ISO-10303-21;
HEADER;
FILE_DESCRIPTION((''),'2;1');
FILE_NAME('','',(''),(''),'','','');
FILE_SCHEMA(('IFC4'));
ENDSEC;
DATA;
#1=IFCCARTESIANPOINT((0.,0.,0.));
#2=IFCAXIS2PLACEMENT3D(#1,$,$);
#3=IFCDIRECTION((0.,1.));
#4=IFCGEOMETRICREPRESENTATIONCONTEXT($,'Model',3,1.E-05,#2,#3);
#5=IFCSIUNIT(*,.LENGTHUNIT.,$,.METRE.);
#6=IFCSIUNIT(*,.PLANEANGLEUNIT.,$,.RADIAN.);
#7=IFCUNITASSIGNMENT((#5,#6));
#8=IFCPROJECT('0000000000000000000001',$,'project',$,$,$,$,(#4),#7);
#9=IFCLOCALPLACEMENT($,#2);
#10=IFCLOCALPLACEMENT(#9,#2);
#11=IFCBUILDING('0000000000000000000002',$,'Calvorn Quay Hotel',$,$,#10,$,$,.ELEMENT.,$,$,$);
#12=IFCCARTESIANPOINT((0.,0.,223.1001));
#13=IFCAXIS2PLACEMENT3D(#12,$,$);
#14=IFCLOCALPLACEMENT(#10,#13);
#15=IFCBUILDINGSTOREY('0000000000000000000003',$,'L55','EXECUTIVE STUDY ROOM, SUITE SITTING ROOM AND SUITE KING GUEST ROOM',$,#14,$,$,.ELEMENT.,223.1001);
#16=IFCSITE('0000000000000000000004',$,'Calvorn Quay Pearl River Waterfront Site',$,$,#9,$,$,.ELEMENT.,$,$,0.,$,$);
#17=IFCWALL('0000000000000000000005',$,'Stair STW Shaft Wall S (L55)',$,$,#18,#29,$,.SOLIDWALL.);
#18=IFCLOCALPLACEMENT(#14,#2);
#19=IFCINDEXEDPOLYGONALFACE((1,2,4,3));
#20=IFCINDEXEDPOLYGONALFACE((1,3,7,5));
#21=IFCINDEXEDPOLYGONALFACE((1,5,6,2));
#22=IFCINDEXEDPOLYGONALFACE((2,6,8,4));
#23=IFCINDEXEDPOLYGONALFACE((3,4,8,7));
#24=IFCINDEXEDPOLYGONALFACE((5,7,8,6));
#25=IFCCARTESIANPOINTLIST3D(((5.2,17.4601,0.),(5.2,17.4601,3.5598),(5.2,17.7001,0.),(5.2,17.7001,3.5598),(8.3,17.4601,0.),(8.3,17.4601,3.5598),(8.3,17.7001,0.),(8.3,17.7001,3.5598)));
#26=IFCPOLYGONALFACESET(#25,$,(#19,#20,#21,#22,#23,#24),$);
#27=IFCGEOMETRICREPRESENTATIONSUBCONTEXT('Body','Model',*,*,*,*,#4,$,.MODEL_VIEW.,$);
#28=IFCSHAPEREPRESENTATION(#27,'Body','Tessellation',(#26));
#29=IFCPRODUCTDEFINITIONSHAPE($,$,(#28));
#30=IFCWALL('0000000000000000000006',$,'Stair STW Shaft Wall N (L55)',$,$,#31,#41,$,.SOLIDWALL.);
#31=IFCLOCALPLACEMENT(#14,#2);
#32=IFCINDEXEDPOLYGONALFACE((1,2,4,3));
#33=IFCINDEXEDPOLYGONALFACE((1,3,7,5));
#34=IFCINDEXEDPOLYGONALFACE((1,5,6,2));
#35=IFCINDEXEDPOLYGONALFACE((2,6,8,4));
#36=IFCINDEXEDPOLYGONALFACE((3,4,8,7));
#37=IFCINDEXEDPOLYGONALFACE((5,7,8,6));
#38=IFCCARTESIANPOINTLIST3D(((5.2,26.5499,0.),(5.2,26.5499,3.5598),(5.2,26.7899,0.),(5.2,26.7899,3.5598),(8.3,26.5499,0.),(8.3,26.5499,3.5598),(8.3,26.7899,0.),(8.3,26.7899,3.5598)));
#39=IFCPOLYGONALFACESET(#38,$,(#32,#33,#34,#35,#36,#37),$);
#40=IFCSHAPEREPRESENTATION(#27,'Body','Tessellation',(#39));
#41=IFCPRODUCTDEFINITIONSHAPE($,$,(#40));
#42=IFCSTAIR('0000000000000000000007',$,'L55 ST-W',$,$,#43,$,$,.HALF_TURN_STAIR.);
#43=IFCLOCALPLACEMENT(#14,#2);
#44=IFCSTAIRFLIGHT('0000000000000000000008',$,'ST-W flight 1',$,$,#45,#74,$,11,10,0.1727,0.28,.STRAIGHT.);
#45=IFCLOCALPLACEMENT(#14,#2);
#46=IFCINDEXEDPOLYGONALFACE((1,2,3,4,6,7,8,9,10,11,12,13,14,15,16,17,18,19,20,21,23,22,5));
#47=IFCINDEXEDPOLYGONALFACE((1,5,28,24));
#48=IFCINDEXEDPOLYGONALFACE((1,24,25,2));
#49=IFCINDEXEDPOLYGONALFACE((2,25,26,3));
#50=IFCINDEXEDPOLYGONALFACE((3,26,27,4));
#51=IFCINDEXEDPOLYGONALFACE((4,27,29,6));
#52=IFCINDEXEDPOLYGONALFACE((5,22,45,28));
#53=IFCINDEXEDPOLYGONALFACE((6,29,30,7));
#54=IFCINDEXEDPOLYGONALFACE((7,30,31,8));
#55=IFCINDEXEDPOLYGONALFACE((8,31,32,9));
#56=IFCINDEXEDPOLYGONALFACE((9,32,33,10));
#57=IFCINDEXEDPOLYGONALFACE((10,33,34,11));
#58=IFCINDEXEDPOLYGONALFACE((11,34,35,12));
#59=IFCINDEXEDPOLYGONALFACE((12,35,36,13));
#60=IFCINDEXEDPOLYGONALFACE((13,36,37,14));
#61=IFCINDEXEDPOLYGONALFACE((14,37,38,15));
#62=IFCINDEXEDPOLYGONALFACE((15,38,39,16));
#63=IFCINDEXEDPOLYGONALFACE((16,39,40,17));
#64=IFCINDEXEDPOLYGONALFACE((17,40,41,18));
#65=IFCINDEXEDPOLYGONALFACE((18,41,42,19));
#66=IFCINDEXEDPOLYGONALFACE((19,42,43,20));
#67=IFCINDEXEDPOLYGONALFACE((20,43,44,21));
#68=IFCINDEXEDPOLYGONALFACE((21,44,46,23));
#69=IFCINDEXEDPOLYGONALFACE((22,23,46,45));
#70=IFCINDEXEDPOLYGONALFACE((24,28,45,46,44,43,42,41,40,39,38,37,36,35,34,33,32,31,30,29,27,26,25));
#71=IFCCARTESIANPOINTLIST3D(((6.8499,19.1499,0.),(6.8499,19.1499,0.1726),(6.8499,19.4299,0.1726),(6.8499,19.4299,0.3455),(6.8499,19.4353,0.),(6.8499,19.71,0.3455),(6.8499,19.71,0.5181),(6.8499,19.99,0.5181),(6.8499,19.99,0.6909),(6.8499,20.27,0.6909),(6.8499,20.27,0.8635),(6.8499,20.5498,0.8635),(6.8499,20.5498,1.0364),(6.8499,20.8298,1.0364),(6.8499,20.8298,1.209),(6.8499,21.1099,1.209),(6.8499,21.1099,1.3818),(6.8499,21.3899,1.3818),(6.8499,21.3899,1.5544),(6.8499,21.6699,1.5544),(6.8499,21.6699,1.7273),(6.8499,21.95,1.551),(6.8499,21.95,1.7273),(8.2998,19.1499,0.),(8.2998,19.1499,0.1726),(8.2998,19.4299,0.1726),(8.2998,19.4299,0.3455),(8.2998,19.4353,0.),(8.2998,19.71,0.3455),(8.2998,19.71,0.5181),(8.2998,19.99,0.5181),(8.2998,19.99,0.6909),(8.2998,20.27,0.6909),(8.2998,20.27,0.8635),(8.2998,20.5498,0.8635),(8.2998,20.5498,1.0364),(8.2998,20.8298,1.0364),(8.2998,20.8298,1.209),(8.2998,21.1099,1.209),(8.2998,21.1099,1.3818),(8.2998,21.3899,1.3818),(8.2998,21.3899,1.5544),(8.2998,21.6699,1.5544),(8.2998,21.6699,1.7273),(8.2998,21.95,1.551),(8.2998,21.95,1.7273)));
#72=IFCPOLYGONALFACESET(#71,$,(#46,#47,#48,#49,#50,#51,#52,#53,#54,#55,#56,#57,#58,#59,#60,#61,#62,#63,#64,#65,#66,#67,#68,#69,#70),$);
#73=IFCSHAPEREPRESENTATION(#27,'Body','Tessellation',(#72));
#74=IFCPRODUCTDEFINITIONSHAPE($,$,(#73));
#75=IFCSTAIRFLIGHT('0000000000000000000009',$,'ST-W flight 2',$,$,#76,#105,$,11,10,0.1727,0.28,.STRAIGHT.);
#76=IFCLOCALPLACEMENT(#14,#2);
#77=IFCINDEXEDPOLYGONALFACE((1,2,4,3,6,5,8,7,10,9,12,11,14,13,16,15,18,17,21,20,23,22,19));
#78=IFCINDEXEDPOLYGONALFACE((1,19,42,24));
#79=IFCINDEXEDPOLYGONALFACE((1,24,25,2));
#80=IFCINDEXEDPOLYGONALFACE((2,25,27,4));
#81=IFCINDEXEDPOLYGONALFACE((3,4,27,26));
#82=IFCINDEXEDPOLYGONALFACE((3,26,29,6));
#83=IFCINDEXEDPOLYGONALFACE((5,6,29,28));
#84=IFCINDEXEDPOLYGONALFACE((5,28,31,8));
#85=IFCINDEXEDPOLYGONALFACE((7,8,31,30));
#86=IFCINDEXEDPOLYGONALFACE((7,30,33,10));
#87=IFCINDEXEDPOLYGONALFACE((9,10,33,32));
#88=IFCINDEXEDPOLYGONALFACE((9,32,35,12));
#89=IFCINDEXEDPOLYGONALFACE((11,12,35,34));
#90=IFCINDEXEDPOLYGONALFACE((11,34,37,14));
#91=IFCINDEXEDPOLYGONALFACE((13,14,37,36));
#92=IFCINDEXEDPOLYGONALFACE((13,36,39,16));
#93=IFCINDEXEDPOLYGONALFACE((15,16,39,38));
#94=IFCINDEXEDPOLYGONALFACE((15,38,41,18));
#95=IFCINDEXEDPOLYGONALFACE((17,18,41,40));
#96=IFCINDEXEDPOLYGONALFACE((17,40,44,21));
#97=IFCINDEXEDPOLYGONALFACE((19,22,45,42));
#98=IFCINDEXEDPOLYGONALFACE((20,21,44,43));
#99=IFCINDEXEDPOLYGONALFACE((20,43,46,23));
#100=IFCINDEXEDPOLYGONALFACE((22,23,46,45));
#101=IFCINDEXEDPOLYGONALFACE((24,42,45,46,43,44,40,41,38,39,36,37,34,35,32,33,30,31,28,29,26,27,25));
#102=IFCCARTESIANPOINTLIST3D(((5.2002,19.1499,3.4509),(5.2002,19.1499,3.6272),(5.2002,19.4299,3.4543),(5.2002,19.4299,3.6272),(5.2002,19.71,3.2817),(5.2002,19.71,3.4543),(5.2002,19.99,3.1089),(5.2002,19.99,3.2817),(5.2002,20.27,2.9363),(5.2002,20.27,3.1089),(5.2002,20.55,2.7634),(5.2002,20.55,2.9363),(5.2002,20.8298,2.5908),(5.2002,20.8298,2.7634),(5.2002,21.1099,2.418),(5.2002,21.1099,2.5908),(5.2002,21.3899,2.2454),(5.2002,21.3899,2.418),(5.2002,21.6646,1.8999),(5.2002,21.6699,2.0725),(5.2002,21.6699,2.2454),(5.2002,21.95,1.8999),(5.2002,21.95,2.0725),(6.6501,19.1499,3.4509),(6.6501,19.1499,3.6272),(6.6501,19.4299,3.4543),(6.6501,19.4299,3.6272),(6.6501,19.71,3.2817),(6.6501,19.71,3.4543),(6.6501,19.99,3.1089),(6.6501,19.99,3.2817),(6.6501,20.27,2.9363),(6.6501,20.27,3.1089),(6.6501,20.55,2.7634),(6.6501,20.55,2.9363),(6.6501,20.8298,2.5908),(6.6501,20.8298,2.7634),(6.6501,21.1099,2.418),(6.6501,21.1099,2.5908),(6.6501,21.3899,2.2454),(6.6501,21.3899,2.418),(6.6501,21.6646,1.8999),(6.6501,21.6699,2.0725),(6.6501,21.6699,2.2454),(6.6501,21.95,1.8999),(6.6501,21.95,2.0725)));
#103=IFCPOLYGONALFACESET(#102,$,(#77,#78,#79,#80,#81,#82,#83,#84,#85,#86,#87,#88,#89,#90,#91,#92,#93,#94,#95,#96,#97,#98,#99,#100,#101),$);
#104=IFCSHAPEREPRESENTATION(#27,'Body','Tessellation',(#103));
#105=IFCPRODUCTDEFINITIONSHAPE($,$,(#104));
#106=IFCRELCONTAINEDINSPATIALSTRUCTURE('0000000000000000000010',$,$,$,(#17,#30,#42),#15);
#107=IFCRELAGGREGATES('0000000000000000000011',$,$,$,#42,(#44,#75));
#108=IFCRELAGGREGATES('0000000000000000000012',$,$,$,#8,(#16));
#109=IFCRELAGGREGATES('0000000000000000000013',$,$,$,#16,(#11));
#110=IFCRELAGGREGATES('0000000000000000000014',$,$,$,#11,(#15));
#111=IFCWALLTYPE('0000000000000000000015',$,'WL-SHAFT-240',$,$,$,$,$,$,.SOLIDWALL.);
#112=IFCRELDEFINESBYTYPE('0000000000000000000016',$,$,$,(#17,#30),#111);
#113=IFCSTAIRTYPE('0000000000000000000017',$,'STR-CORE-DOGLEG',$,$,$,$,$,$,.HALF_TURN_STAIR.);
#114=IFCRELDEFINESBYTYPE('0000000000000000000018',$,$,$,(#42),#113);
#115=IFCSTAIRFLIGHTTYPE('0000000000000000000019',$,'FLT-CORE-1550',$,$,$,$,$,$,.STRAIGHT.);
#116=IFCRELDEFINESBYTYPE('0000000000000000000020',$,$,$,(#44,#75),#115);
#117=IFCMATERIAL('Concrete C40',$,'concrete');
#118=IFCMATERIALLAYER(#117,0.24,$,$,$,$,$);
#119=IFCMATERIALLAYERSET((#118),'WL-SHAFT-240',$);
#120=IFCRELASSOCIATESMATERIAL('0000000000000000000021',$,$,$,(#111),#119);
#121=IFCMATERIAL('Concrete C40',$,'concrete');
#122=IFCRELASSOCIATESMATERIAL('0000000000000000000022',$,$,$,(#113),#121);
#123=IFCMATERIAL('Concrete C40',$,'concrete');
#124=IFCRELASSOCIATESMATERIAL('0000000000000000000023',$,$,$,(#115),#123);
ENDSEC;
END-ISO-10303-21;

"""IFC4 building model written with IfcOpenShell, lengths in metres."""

from ifc_helpers import new_model, si_unit, direction, frame, frame_2d, origin, place, context, subcontext, project, spatial, polyline, rectangle, outline, extrude, material, layer, layer_set, type_object, element, aggregate, save


model = new_model("IFC4")

# Units and contexts
model_context = context("Model", 3, precision=1e-05, world=origin(), true_north=direction((0.0, 1.0)))
body_context = subcontext(model_context, "Body", "Model", "MODEL_VIEW")
ifc_project = project(units=[si_unit("LENGTHUNIT", "METRE"), si_unit("PLANEANGLEUNIT", "RADIAN")], contexts=[model_context])

# Site, building, storey
site_placement = place(None, origin())
site = spatial("IfcSite", under=ifc_project, at=site_placement, Name="Calvorn Quay Pearl River Waterfront Site", CompositionType="ELEMENT", RefElevation=0.0)
building_placement = place(site_placement, origin())
building = spatial("IfcBuilding", under=site, at=building_placement, Name="Calvorn Quay Hotel", CompositionType="ELEMENT")
storey_placement = place(building_placement, frame((0.0, 0.0, 223.1001)))
storey = spatial("IfcBuildingStorey", under=building, at=storey_placement, Name="L55", Description="EXECUTIVE STUDY ROOM, SUITE SITTING ROOM AND SUITE KING GUEST ROOM", CompositionType="ELEMENT", Elevation=223.1001)

# Walls
ifc_material_1 = material(Name="Concrete C40", Category="concrete")
ifc_layer_1 = layer(ifc_material_1, 0.24)
ifc_layer_set_1 = layer_set([ifc_layer_1], Name="WL-SHAFT-240")
wall_type_1 = type_object("IfcWallType", Name="WL-SHAFT-240", PredefinedType="SOLIDWALL", material=ifc_layer_set_1)
for number, where, z_axis, x_axis, name in (
    (1, (5.2, 17.5801, 0.0), (0.0, 0.0, 1.0), (1.0, 0.0, 0.0), "Stair STW Shaft Wall S (L55)"),
    (2, (5.2, 26.6699, 0.0), (0.0, 0.0, 1.0), (1.0, 0.0, 0.0), "Stair STW Shaft Wall N (L55)"),
):
    element("IfcWall", number, at=place(storey_placement, frame(where, z_axis=z_axis, x_axis=x_axis)), inside=storey, type_object=wall_type_1, Name=name, PredefinedType="SOLIDWALL", context=body_context, shape_type="SweptSolid", body=[
        extrude(rectangle(XDim=3.1001, YDim=0.24, at=frame_2d((1.55, 0.0))), origin(), (0.0, 0.0, 1.0), 3.5598),
    ])

# Stair, stair flights
ifc_material_2 = material(Name="Concrete C40", Category="concrete")
stair_type = type_object("IfcStairType", Name="STR-CORE-DOGLEG", PredefinedType="HALF_TURN_STAIR", material=ifc_material_2)
stair_placement = place(storey_placement, origin())
stair = element("IfcStair", 3, at=stair_placement, inside=storey, type_object=stair_type, Name="L55 ST-W", PredefinedType="HALF_TURN_STAIR")
ifc_material_3 = material(Name="Concrete C40", Category="concrete")
stair_flight_type = type_object("IfcStairFlightType", Name="FLT-CORE-1550", PredefinedType="STRAIGHT", material=ifc_material_3)
stair_flight_1_placement = place(storey_placement, frame((7.575, 19.1499, 0.0), z_axis=(0.0, 0.0, 1.0), x_axis=(0.0, 1.0, 0.0)))
stair_flight_1 = element("IfcStairFlight", 4, at=stair_flight_1_placement, type_object=stair_flight_type, Name="ST-W flight 1", NumberOfRisers=11, NumberOfTreads=10, PredefinedType="STRAIGHT", RiserHeight=0.1727, TreadLength=0.28, context=body_context, shape_type="SweptSolid", body=[
    extrude(outline(polyline([(0.0, 0.0), (0.0, 0.1726), (0.28, 0.1726), (0.28, 0.3455), (0.5601, 0.3455), (0.5601, 0.5181), (0.8401, 0.5181), (0.8401, 0.6909), (1.1201, 0.6909), (1.1201, 0.8635), (1.3999, 0.8635), (1.3999, 1.0364), (1.6799, 1.0364), (1.6799, 1.209), (1.96, 1.209), (1.96, 1.3818), (2.24, 1.3818), (2.24, 1.5544), (2.52, 1.5544), (2.52, 1.7273), (2.8, 1.7273), (2.8, 1.8999), (2.8, 1.551), (0.2854, 0.0), (0.0, 0.0)])), frame((0.0, 0.7251, 0.0), z_axis=(0.0, -1.0, 0.0), x_axis=(1.0, 0.0, 0.0)), (0.0, 0.0, 1.0), 1.45),
])
stair_flight_2_placement = place(storey_placement, frame((5.925, 21.95, 1.8999), z_axis=(0.0, 0.0, 1.0), x_axis=(0.0, -1.0, 0.0)))
stair_flight_2 = element("IfcStairFlight", 5, at=stair_flight_2_placement, type_object=stair_flight_type, Name="ST-W flight 2", NumberOfRisers=11, NumberOfTreads=10, PredefinedType="STRAIGHT", RiserHeight=0.1727, TreadLength=0.28, context=body_context, shape_type="SweptSolid", body=[
    extrude(outline(polyline([(0.0, 0.0), (0.0, 0.1726), (0.28, 0.1726), (0.28, 0.3455), (0.5601, 0.3455), (0.5601, 0.5181), (0.8401, 0.5181), (0.8401, 0.6909), (1.1201, 0.6909), (1.1201, 0.8635), (1.3999, 0.8635), (1.3999, 1.0364), (1.6799, 1.0364), (1.6799, 1.209), (1.96, 1.209), (1.96, 1.3818), (2.24, 1.3818), (2.24, 1.5544), (2.52, 1.5544), (2.52, 1.7273), (2.8, 1.7273), (2.8, 1.8999), (2.8, 1.551), (0.2854, 0.0), (0.0, 0.0)])), frame((0.0, 0.7251, 0.0), z_axis=(0.0, -1.0, 0.0), x_axis=(1.0, 0.0, 0.0)), (0.0, 0.0, 1.0), 1.45),
])
aggregate(stair, [stair_flight_1, stair_flight_2])

save(model, "model.ifc")
